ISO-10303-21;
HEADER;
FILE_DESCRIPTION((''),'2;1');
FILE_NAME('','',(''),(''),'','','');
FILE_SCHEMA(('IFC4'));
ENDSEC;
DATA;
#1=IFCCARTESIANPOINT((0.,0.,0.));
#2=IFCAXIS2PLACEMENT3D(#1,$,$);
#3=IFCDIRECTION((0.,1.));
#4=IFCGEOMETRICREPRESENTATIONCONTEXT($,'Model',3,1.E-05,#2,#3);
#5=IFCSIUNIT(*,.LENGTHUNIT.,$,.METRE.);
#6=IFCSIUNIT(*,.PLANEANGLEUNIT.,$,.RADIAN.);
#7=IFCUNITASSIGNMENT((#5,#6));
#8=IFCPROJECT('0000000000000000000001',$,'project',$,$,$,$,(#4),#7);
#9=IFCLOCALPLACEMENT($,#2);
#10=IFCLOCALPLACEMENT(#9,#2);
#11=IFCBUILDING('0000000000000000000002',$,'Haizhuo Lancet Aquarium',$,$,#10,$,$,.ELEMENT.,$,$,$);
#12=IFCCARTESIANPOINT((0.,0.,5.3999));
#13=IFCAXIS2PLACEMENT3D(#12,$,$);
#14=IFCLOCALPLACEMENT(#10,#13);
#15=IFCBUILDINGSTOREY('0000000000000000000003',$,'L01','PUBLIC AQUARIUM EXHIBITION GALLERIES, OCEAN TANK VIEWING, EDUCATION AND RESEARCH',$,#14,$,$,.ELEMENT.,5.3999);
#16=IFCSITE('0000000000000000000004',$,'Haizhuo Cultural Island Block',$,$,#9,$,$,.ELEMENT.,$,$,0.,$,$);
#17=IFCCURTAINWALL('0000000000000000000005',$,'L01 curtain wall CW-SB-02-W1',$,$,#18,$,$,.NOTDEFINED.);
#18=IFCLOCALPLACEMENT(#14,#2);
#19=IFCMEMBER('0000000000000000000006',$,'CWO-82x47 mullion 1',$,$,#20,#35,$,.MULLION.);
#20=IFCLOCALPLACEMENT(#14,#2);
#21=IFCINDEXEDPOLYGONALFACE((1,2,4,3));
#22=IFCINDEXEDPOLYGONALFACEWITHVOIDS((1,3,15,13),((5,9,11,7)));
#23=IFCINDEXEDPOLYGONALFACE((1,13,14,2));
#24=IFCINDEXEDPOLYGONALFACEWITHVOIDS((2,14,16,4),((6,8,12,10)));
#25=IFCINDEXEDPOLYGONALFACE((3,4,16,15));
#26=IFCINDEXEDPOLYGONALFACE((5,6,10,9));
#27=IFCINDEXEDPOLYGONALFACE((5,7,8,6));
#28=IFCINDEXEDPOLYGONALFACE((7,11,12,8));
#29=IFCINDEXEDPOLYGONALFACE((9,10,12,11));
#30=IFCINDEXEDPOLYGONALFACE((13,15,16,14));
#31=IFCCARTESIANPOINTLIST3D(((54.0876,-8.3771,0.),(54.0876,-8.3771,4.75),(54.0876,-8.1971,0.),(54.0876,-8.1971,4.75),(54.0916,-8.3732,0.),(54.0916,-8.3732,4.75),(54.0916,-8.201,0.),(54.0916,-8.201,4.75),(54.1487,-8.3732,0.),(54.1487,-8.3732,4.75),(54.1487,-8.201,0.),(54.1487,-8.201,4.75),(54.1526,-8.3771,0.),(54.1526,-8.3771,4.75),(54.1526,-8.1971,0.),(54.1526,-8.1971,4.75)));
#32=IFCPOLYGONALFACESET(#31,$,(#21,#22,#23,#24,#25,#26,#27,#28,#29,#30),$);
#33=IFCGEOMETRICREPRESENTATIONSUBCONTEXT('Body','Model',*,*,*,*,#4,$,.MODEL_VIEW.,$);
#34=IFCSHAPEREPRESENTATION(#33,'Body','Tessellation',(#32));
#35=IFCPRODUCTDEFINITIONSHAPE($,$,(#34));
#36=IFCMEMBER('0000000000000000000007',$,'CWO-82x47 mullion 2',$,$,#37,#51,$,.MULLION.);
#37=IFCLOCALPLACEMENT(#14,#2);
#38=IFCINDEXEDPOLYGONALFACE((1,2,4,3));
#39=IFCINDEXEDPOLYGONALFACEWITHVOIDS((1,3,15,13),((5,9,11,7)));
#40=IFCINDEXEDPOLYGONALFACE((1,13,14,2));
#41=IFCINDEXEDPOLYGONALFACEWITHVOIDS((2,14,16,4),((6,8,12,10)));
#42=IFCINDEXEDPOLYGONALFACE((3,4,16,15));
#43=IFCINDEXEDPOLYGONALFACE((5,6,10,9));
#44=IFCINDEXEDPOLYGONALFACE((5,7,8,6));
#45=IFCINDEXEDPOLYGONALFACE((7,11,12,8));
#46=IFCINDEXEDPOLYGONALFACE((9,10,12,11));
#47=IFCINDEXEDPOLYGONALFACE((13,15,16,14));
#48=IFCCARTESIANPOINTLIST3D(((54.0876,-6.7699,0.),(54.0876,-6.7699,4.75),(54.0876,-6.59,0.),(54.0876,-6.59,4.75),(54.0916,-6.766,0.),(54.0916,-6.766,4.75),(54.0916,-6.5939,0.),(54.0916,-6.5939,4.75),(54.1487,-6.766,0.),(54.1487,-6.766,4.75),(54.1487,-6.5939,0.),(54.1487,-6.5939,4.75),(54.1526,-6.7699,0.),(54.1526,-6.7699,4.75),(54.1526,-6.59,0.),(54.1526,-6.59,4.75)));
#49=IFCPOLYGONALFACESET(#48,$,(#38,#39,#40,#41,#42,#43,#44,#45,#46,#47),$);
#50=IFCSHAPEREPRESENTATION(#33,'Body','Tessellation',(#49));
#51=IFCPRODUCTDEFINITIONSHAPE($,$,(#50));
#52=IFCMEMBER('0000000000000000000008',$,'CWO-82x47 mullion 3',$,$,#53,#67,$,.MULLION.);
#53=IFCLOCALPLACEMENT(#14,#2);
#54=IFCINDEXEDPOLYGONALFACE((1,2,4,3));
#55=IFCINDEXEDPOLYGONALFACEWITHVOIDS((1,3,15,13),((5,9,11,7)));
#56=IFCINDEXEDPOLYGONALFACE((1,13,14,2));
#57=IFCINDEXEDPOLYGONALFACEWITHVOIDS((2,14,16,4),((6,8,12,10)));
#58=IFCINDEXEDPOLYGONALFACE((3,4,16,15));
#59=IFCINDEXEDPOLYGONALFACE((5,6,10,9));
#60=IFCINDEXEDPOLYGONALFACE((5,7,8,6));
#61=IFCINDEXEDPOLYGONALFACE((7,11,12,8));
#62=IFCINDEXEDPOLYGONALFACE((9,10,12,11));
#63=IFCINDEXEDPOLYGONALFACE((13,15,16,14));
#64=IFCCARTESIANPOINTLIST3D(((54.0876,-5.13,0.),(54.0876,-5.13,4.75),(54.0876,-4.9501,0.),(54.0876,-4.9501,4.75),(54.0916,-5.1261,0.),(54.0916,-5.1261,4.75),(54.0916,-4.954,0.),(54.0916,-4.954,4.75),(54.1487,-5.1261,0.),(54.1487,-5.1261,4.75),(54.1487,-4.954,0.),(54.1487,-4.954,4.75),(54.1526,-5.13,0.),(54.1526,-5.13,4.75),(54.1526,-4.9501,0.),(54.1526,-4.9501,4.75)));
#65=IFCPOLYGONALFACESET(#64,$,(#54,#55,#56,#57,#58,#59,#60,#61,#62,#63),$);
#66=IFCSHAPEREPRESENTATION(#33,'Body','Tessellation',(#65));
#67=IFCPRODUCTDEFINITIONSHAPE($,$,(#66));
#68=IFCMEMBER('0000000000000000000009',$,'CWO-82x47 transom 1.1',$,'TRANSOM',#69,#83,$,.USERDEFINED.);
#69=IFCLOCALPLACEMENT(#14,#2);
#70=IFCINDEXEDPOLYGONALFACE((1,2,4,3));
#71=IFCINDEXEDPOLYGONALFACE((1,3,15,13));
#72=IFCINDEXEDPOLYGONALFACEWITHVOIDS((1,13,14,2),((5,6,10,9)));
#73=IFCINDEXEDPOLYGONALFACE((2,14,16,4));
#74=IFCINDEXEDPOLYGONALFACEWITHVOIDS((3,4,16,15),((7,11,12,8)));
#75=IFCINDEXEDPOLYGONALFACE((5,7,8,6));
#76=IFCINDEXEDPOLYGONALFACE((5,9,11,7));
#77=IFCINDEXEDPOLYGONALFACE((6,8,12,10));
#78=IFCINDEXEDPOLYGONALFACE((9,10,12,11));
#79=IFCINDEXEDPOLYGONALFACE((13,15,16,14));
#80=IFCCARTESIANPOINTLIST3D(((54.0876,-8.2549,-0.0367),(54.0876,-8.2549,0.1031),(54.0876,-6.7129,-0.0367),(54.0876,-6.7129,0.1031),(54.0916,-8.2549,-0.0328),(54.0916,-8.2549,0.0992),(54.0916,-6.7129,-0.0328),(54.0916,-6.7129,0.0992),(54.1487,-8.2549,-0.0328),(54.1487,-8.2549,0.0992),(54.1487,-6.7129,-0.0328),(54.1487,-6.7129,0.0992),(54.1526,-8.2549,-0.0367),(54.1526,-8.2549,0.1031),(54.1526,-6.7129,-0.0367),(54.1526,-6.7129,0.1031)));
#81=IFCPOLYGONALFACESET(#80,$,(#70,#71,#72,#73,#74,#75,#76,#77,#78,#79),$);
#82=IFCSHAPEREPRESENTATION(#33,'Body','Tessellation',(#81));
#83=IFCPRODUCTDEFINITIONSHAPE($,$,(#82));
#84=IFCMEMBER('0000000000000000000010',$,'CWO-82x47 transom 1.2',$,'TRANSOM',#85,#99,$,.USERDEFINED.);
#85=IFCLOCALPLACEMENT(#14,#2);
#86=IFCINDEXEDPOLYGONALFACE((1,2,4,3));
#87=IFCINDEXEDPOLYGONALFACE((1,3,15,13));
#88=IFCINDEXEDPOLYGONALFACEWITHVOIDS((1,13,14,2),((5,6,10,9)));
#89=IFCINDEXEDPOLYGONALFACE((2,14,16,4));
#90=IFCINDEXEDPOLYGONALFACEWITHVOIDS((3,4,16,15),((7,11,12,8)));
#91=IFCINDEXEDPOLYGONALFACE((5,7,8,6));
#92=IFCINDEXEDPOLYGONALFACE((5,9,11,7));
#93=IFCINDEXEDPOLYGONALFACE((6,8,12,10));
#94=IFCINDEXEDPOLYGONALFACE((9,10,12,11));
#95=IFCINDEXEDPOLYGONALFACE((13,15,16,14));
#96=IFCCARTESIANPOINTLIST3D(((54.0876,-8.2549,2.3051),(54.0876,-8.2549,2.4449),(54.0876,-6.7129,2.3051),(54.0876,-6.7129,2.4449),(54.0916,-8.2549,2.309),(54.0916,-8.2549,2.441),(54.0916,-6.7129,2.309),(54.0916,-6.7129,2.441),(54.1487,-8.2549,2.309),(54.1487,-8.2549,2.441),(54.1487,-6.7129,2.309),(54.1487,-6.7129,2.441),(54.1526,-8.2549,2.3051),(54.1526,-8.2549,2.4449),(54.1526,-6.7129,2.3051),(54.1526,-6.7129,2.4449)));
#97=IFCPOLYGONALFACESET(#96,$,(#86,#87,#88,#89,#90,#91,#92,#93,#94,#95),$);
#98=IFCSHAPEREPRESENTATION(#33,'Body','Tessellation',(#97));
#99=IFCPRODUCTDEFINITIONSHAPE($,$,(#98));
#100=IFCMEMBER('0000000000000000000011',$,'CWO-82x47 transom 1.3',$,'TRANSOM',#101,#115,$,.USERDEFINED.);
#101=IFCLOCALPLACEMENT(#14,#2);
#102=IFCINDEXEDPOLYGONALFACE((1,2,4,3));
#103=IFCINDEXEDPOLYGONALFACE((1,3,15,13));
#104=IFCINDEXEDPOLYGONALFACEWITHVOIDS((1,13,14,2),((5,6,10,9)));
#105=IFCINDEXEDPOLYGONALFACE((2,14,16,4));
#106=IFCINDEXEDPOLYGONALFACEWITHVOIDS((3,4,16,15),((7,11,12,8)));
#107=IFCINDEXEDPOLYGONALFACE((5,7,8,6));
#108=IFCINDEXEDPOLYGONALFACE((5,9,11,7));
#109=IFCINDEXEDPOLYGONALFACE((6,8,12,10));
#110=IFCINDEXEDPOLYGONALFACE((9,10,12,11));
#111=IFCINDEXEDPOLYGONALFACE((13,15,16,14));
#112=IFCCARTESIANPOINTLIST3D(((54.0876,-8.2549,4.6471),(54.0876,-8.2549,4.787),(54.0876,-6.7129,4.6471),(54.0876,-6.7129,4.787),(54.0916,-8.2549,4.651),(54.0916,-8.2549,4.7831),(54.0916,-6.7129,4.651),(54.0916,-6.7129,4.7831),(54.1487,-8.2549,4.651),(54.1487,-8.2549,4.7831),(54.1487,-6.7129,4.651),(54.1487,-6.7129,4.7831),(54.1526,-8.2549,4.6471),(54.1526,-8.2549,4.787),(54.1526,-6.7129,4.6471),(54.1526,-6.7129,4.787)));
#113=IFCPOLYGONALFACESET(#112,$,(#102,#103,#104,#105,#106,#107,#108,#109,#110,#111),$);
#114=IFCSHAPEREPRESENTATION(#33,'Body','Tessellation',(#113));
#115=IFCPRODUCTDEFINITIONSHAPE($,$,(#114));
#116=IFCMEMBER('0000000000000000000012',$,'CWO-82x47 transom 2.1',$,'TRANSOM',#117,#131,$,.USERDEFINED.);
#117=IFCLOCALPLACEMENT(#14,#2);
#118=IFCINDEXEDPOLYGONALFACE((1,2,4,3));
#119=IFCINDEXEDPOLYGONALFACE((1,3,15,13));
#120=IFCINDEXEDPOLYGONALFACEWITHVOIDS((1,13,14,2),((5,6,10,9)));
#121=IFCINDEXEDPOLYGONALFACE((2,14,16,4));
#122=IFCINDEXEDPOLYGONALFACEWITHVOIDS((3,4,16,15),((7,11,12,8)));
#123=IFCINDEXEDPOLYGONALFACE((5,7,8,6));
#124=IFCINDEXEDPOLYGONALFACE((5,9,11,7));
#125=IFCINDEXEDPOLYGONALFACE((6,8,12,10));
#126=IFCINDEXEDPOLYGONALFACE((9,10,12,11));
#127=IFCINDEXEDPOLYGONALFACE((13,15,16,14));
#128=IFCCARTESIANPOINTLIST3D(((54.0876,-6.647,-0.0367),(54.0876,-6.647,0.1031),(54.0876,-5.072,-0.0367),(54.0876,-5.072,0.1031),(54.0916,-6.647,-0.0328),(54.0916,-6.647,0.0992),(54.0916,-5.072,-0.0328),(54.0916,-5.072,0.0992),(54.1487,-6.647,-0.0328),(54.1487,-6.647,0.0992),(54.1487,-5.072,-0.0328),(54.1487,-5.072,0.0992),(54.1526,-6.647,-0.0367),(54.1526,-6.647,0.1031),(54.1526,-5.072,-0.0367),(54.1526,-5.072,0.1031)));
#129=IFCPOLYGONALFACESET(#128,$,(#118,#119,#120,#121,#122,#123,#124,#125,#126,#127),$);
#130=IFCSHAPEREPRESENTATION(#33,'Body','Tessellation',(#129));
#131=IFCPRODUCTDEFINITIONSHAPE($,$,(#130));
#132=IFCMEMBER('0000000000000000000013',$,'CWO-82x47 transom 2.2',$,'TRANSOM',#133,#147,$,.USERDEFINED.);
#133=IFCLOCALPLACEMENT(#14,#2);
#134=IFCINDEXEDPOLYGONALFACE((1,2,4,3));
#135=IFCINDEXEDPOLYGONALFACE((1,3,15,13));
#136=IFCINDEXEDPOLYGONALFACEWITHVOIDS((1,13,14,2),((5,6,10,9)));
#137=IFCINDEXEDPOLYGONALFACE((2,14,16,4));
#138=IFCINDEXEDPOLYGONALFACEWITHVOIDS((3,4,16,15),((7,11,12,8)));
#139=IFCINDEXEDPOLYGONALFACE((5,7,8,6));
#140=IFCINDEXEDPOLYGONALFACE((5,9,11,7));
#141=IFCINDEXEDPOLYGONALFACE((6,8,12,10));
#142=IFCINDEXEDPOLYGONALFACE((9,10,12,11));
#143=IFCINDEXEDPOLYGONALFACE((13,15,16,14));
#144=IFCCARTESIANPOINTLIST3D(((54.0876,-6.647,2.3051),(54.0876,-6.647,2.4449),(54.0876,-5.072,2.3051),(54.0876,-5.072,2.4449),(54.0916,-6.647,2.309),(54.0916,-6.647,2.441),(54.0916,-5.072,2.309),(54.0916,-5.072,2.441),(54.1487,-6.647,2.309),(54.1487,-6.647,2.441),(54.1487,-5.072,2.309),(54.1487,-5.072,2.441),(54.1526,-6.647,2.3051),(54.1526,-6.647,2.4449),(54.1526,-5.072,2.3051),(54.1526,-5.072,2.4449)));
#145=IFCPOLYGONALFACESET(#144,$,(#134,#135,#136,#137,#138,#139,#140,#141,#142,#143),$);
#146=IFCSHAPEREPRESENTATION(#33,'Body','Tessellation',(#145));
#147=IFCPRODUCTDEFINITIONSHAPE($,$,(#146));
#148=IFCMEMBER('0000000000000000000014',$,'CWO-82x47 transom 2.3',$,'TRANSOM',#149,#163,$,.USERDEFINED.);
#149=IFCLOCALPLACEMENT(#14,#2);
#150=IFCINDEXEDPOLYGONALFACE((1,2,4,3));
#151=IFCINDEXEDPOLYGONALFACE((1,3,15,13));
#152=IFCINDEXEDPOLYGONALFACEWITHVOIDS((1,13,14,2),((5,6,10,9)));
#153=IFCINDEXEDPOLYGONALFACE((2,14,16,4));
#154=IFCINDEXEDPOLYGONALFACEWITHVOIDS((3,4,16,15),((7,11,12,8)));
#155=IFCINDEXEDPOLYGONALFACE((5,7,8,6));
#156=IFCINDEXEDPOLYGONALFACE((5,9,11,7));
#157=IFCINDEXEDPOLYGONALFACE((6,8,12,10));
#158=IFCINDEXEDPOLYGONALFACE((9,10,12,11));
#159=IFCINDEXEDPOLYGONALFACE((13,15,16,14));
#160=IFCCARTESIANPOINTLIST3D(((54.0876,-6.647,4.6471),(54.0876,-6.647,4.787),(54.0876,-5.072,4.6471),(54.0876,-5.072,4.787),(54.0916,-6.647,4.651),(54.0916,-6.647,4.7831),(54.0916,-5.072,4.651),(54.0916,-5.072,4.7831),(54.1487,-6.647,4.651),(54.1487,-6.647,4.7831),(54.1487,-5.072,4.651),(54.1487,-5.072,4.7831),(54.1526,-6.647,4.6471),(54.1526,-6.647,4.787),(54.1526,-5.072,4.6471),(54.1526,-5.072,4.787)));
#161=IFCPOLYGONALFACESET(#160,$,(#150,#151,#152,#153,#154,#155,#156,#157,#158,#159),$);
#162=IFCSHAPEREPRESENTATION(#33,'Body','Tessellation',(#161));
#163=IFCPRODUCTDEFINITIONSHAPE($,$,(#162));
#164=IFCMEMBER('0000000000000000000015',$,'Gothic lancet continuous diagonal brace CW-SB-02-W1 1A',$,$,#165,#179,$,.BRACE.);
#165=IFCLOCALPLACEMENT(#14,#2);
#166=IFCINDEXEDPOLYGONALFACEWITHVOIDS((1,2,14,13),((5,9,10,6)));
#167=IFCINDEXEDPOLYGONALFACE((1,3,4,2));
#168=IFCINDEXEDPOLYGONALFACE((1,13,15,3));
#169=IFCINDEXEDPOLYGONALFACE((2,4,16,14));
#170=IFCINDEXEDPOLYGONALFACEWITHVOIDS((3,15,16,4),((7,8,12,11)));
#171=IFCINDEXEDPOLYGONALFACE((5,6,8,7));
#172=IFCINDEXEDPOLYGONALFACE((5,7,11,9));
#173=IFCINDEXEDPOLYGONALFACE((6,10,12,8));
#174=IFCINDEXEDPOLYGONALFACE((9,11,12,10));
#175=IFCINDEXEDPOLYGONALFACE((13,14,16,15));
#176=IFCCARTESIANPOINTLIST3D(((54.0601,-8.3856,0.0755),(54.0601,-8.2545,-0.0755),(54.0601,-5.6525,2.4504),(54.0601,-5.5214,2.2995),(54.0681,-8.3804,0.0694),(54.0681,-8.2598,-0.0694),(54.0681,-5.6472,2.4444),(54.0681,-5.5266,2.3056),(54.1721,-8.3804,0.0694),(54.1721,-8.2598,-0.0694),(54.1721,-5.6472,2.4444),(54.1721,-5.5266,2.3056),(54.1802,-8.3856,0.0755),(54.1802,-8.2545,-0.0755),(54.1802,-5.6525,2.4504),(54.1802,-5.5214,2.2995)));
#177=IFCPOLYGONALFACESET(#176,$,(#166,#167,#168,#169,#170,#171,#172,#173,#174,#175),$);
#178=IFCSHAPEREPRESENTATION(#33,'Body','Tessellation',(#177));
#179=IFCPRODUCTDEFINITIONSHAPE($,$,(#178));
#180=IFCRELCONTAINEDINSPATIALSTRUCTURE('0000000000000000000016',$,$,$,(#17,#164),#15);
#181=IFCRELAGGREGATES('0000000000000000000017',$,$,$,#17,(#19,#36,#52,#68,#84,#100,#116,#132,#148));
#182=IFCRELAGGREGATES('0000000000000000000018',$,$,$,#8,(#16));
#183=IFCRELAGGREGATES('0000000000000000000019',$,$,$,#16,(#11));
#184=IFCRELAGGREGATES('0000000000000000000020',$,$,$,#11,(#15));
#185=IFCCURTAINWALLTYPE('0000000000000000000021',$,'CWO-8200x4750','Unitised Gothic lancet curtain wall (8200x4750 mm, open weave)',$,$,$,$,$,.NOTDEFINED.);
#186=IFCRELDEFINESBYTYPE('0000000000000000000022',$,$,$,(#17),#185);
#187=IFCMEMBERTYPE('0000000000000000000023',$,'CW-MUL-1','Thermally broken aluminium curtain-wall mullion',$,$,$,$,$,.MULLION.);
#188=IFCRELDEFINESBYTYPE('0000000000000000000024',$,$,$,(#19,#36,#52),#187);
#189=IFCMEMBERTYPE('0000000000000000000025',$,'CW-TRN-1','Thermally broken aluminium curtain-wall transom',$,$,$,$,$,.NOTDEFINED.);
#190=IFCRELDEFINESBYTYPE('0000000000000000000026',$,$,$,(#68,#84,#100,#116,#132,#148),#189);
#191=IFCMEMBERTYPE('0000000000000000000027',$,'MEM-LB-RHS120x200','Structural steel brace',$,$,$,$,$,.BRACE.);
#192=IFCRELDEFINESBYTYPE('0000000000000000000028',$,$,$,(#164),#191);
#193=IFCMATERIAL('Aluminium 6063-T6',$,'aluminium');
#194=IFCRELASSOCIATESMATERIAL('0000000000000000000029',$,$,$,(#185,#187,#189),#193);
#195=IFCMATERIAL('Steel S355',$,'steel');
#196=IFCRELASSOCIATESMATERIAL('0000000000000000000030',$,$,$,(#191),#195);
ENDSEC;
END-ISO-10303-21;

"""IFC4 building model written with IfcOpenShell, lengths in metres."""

from ifc_helpers import new_model, si_unit, direction, frame, origin, origin_2d, place, context, subcontext, project, spatial, hollow_rectangle, extrude, material, material_profile, profile_set, type_object, element, aggregate, save


model = new_model("IFC4")

# Units and contexts
model_context = context("Model", 3, precision=1e-05, world=origin(), true_north=direction((0.0, 1.0)))
body_context = subcontext(model_context, "Body", "Model", "MODEL_VIEW")
ifc_project = project(units=[si_unit("LENGTHUNIT", "METRE"), si_unit("PLANEANGLEUNIT", "RADIAN")], contexts=[model_context])

# Site, building, storey
site_placement = place(None, origin())
site = spatial("IfcSite", under=ifc_project, at=site_placement, Name="Haizhuo Cultural Island Block", CompositionType="ELEMENT", RefElevation=0.0)
building_placement = place(site_placement, origin())
building = spatial("IfcBuilding", under=site, at=building_placement, Name="Haizhuo Lancet Aquarium", CompositionType="ELEMENT")
storey_placement = place(building_placement, frame((0.0, 0.0, 5.3999)))
storey = spatial("IfcBuildingStorey", under=building, at=storey_placement, Name="L01", Description="PUBLIC AQUARIUM EXHIBITION GALLERIES, OCEAN TANK VIEWING, EDUCATION AND RESEARCH", CompositionType="ELEMENT", Elevation=5.3999)

# Curtain wall, members
ifc_material_1 = material(Name="Aluminium 6063-T6", Category="aluminium")
curtain_wall_type = type_object("IfcCurtainWallType", Name="CWO-8200x4750", Description="Unitised Gothic lancet curtain wall (8200x4750 mm, open weave)", PredefinedType="NOTDEFINED", material=ifc_material_1)
curtain_wall_placement = place(storey_placement, origin())
curtain_wall = element("IfcCurtainWall", 1, at=curtain_wall_placement, inside=storey, type_object=curtain_wall_type, Name="L01 curtain wall CW-SB-02-W1", PredefinedType="NOTDEFINED")
ifc_material_profile_1 = material_profile(ifc_material_1, hollow_rectangle(XDim=0.0649, YDim=0.1799, WallThickness=0.0039, at=origin_2d()), Name="ALU-M 65x180x4")
ifc_profile_set_1 = profile_set([ifc_material_profile_1], Name="Aluminium 6063-T6")
member_type_1 = type_object("IfcMemberType", Name="CW-MUL-1", Description="Thermally broken aluminium curtain-wall mullion", PredefinedType="MULLION", material=ifc_profile_set_1)
member_1_placement = place(storey_placement, frame((54.1201, -8.2871, 0.0), z_axis=(0.0, 0.0, 1.0), x_axis=(-1.0, 0.0, 0.0)))
member_1 = element("IfcMember", 2, at=member_1_placement, type_object=member_type_1, Name="CWO-82x47 mullion 1", PredefinedType="MULLION", context=body_context, shape_type="SweptSolid", body=[
    extrude(hollow_rectangle(XDim=0.0649, YDim=0.1799, WallThickness=0.0039, at=origin_2d()), origin(), (0.0, 0.0, 1.0), 4.75),
])
member_2_placement = place(storey_placement, frame((54.1201, -6.6799, 0.0), z_axis=(0.0, 0.0, 1.0), x_axis=(-1.0, 0.0, 0.0)))
member_2 = element("IfcMember", 3, at=member_2_placement, type_object=member_type_1, Name="CWO-82x47 mullion 2", PredefinedType="MULLION", context=body_context, shape_type="SweptSolid", body=[
    extrude(hollow_rectangle(XDim=0.0649, YDim=0.1799, WallThickness=0.0039, at=origin_2d()), origin(), (0.0, 0.0, 1.0), 4.75),
])
member_3_placement = place(storey_placement, frame((54.1201, -5.04, 0.0), z_axis=(0.0, 0.0, 1.0), x_axis=(-1.0, 0.0, 0.0)))
member_3 = element("IfcMember", 4, at=member_3_placement, type_object=member_type_1, Name="CWO-82x47 mullion 3", PredefinedType="MULLION", context=body_context, shape_type="SweptSolid", body=[
    extrude(hollow_rectangle(XDim=0.0649, YDim=0.1799, WallThickness=0.0039, at=origin_2d()), origin(), (0.0, 0.0, 1.0), 4.75),
])
ifc_material_profile_2 = material_profile(ifc_material_1, hollow_rectangle(XDim=0.0649, YDim=0.1399, WallThickness=0.0039, at=origin_2d()), Name="ALU-T 65x140x4")
ifc_profile_set_2 = profile_set([ifc_material_profile_2], Name="Aluminium 6063-T6")
member_type_2 = type_object("IfcMemberType", Name="CW-TRN-1", Description="Thermally broken aluminium curtain-wall transom", PredefinedType="NOTDEFINED", material=ifc_profile_set_2)
member_4_placement = place(storey_placement, frame((54.1201, -8.2549, 0.0332), z_axis=(0.0, 1.0, 0.0), x_axis=(-1.0, 0.0, 0.0)))
member_4 = element("IfcMember", 5, at=member_4_placement, type_object=member_type_2, Name="CWO-82x47 transom 1.1", ObjectType="TRANSOM", PredefinedType="USERDEFINED", context=body_context, shape_type="SweptSolid", body=[
    extrude(hollow_rectangle(XDim=0.0649, YDim=0.1399, WallThickness=0.0039, at=origin_2d()), origin(), (0.0, 0.0, 1.0), 1.542),
])
member_5_placement = place(storey_placement, frame((54.1201, -8.2549, 2.375), z_axis=(0.0, 1.0, 0.0), x_axis=(-1.0, 0.0, 0.0)))
member_5 = element("IfcMember", 6, at=member_5_placement, type_object=member_type_2, Name="CWO-82x47 transom 1.2", ObjectType="TRANSOM", PredefinedType="USERDEFINED", context=body_context, shape_type="SweptSolid", body=[
    extrude(hollow_rectangle(XDim=0.0649, YDim=0.1399, WallThickness=0.0039, at=origin_2d()), origin(), (0.0, 0.0, 1.0), 1.542),
])
member_6_placement = place(storey_placement, frame((54.1201, -8.2549, 4.717), z_axis=(0.0, 1.0, 0.0), x_axis=(-1.0, 0.0, 0.0)))
member_6 = element("IfcMember", 7, at=member_6_placement, type_object=member_type_2, Name="CWO-82x47 transom 1.3", ObjectType="TRANSOM", PredefinedType="USERDEFINED", context=body_context, shape_type="SweptSolid", body=[
    extrude(hollow_rectangle(XDim=0.0649, YDim=0.1399, WallThickness=0.0039, at=origin_2d()), origin(), (0.0, 0.0, 1.0), 1.542),
])
member_7_placement = place(storey_placement, frame((54.1201, -6.647, 0.0332), z_axis=(0.0, 1.0, 0.0), x_axis=(-1.0, 0.0, 0.0)))
member_7 = element("IfcMember", 8, at=member_7_placement, type_object=member_type_2, Name="CWO-82x47 transom 2.1", ObjectType="TRANSOM", PredefinedType="USERDEFINED", context=body_context, shape_type="SweptSolid", body=[
    extrude(hollow_rectangle(XDim=0.0649, YDim=0.1399, WallThickness=0.0039, at=origin_2d()), origin(), (0.0, 0.0, 1.0), 1.575),
])
member_8_placement = place(storey_placement, frame((54.1201, -6.647, 2.375), z_axis=(0.0, 1.0, 0.0), x_axis=(-1.0, 0.0, 0.0)))
member_8 = element("IfcMember", 9, at=member_8_placement, type_object=member_type_2, Name="CWO-82x47 transom 2.2", ObjectType="TRANSOM", PredefinedType="USERDEFINED", context=body_context, shape_type="SweptSolid", body=[
    extrude(hollow_rectangle(XDim=0.0649, YDim=0.1399, WallThickness=0.0039, at=origin_2d()), origin(), (0.0, 0.0, 1.0), 1.575),
])
member_9_placement = place(storey_placement, frame((54.1201, -6.647, 4.717), z_axis=(0.0, 1.0, 0.0), x_axis=(-1.0, 0.0, 0.0)))
member_9 = element("IfcMember", 10, at=member_9_placement, type_object=member_type_2, Name="CWO-82x47 transom 2.3", ObjectType="TRANSOM", PredefinedType="USERDEFINED", context=body_context, shape_type="SweptSolid", body=[
    extrude(hollow_rectangle(XDim=0.0649, YDim=0.1399, WallThickness=0.0039, at=origin_2d()), origin(), (0.0, 0.0, 1.0), 1.575),
])

# Member
ifc_material_2 = material(Name="Steel S355", Category="steel")
ifc_material_profile_3 = material_profile(ifc_material_2, hollow_rectangle(XDim=0.1201, YDim=0.2, WallThickness=0.0081, at=origin_2d()), Name="RHS 120x200x8")
ifc_profile_set_3 = profile_set([ifc_material_profile_3], Name="Steel S355")
member_type_3 = type_object("IfcMemberType", Name="MEM-LB-RHS120x200", Description="Structural steel brace", PredefinedType="BRACE", material=ifc_profile_set_3)
member_10_placement = place(storey_placement, frame((54.1201, -8.3201, 0.0), z_axis=(0.0, 0.754832, 0.655918), x_axis=(-1.0, 0.0, 0.0)))
element("IfcMember", 11, at=member_10_placement, inside=storey, type_object=member_type_3, Name="Gothic lancet continuous diagonal brace CW-SB-02-W1 1A", PredefinedType="BRACE", context=body_context, shape_type="SweptSolid", body=[
    extrude(hollow_rectangle(XDim=0.1201, YDim=0.2, WallThickness=0.0081, at=origin_2d()), origin(), (0.0, 0.0, 1.0), 3.6208),
])

aggregate(curtain_wall, [member_1, member_2, member_3, member_4, member_5, member_6, member_7, member_8, member_9])

save(model, "model.ifc")
